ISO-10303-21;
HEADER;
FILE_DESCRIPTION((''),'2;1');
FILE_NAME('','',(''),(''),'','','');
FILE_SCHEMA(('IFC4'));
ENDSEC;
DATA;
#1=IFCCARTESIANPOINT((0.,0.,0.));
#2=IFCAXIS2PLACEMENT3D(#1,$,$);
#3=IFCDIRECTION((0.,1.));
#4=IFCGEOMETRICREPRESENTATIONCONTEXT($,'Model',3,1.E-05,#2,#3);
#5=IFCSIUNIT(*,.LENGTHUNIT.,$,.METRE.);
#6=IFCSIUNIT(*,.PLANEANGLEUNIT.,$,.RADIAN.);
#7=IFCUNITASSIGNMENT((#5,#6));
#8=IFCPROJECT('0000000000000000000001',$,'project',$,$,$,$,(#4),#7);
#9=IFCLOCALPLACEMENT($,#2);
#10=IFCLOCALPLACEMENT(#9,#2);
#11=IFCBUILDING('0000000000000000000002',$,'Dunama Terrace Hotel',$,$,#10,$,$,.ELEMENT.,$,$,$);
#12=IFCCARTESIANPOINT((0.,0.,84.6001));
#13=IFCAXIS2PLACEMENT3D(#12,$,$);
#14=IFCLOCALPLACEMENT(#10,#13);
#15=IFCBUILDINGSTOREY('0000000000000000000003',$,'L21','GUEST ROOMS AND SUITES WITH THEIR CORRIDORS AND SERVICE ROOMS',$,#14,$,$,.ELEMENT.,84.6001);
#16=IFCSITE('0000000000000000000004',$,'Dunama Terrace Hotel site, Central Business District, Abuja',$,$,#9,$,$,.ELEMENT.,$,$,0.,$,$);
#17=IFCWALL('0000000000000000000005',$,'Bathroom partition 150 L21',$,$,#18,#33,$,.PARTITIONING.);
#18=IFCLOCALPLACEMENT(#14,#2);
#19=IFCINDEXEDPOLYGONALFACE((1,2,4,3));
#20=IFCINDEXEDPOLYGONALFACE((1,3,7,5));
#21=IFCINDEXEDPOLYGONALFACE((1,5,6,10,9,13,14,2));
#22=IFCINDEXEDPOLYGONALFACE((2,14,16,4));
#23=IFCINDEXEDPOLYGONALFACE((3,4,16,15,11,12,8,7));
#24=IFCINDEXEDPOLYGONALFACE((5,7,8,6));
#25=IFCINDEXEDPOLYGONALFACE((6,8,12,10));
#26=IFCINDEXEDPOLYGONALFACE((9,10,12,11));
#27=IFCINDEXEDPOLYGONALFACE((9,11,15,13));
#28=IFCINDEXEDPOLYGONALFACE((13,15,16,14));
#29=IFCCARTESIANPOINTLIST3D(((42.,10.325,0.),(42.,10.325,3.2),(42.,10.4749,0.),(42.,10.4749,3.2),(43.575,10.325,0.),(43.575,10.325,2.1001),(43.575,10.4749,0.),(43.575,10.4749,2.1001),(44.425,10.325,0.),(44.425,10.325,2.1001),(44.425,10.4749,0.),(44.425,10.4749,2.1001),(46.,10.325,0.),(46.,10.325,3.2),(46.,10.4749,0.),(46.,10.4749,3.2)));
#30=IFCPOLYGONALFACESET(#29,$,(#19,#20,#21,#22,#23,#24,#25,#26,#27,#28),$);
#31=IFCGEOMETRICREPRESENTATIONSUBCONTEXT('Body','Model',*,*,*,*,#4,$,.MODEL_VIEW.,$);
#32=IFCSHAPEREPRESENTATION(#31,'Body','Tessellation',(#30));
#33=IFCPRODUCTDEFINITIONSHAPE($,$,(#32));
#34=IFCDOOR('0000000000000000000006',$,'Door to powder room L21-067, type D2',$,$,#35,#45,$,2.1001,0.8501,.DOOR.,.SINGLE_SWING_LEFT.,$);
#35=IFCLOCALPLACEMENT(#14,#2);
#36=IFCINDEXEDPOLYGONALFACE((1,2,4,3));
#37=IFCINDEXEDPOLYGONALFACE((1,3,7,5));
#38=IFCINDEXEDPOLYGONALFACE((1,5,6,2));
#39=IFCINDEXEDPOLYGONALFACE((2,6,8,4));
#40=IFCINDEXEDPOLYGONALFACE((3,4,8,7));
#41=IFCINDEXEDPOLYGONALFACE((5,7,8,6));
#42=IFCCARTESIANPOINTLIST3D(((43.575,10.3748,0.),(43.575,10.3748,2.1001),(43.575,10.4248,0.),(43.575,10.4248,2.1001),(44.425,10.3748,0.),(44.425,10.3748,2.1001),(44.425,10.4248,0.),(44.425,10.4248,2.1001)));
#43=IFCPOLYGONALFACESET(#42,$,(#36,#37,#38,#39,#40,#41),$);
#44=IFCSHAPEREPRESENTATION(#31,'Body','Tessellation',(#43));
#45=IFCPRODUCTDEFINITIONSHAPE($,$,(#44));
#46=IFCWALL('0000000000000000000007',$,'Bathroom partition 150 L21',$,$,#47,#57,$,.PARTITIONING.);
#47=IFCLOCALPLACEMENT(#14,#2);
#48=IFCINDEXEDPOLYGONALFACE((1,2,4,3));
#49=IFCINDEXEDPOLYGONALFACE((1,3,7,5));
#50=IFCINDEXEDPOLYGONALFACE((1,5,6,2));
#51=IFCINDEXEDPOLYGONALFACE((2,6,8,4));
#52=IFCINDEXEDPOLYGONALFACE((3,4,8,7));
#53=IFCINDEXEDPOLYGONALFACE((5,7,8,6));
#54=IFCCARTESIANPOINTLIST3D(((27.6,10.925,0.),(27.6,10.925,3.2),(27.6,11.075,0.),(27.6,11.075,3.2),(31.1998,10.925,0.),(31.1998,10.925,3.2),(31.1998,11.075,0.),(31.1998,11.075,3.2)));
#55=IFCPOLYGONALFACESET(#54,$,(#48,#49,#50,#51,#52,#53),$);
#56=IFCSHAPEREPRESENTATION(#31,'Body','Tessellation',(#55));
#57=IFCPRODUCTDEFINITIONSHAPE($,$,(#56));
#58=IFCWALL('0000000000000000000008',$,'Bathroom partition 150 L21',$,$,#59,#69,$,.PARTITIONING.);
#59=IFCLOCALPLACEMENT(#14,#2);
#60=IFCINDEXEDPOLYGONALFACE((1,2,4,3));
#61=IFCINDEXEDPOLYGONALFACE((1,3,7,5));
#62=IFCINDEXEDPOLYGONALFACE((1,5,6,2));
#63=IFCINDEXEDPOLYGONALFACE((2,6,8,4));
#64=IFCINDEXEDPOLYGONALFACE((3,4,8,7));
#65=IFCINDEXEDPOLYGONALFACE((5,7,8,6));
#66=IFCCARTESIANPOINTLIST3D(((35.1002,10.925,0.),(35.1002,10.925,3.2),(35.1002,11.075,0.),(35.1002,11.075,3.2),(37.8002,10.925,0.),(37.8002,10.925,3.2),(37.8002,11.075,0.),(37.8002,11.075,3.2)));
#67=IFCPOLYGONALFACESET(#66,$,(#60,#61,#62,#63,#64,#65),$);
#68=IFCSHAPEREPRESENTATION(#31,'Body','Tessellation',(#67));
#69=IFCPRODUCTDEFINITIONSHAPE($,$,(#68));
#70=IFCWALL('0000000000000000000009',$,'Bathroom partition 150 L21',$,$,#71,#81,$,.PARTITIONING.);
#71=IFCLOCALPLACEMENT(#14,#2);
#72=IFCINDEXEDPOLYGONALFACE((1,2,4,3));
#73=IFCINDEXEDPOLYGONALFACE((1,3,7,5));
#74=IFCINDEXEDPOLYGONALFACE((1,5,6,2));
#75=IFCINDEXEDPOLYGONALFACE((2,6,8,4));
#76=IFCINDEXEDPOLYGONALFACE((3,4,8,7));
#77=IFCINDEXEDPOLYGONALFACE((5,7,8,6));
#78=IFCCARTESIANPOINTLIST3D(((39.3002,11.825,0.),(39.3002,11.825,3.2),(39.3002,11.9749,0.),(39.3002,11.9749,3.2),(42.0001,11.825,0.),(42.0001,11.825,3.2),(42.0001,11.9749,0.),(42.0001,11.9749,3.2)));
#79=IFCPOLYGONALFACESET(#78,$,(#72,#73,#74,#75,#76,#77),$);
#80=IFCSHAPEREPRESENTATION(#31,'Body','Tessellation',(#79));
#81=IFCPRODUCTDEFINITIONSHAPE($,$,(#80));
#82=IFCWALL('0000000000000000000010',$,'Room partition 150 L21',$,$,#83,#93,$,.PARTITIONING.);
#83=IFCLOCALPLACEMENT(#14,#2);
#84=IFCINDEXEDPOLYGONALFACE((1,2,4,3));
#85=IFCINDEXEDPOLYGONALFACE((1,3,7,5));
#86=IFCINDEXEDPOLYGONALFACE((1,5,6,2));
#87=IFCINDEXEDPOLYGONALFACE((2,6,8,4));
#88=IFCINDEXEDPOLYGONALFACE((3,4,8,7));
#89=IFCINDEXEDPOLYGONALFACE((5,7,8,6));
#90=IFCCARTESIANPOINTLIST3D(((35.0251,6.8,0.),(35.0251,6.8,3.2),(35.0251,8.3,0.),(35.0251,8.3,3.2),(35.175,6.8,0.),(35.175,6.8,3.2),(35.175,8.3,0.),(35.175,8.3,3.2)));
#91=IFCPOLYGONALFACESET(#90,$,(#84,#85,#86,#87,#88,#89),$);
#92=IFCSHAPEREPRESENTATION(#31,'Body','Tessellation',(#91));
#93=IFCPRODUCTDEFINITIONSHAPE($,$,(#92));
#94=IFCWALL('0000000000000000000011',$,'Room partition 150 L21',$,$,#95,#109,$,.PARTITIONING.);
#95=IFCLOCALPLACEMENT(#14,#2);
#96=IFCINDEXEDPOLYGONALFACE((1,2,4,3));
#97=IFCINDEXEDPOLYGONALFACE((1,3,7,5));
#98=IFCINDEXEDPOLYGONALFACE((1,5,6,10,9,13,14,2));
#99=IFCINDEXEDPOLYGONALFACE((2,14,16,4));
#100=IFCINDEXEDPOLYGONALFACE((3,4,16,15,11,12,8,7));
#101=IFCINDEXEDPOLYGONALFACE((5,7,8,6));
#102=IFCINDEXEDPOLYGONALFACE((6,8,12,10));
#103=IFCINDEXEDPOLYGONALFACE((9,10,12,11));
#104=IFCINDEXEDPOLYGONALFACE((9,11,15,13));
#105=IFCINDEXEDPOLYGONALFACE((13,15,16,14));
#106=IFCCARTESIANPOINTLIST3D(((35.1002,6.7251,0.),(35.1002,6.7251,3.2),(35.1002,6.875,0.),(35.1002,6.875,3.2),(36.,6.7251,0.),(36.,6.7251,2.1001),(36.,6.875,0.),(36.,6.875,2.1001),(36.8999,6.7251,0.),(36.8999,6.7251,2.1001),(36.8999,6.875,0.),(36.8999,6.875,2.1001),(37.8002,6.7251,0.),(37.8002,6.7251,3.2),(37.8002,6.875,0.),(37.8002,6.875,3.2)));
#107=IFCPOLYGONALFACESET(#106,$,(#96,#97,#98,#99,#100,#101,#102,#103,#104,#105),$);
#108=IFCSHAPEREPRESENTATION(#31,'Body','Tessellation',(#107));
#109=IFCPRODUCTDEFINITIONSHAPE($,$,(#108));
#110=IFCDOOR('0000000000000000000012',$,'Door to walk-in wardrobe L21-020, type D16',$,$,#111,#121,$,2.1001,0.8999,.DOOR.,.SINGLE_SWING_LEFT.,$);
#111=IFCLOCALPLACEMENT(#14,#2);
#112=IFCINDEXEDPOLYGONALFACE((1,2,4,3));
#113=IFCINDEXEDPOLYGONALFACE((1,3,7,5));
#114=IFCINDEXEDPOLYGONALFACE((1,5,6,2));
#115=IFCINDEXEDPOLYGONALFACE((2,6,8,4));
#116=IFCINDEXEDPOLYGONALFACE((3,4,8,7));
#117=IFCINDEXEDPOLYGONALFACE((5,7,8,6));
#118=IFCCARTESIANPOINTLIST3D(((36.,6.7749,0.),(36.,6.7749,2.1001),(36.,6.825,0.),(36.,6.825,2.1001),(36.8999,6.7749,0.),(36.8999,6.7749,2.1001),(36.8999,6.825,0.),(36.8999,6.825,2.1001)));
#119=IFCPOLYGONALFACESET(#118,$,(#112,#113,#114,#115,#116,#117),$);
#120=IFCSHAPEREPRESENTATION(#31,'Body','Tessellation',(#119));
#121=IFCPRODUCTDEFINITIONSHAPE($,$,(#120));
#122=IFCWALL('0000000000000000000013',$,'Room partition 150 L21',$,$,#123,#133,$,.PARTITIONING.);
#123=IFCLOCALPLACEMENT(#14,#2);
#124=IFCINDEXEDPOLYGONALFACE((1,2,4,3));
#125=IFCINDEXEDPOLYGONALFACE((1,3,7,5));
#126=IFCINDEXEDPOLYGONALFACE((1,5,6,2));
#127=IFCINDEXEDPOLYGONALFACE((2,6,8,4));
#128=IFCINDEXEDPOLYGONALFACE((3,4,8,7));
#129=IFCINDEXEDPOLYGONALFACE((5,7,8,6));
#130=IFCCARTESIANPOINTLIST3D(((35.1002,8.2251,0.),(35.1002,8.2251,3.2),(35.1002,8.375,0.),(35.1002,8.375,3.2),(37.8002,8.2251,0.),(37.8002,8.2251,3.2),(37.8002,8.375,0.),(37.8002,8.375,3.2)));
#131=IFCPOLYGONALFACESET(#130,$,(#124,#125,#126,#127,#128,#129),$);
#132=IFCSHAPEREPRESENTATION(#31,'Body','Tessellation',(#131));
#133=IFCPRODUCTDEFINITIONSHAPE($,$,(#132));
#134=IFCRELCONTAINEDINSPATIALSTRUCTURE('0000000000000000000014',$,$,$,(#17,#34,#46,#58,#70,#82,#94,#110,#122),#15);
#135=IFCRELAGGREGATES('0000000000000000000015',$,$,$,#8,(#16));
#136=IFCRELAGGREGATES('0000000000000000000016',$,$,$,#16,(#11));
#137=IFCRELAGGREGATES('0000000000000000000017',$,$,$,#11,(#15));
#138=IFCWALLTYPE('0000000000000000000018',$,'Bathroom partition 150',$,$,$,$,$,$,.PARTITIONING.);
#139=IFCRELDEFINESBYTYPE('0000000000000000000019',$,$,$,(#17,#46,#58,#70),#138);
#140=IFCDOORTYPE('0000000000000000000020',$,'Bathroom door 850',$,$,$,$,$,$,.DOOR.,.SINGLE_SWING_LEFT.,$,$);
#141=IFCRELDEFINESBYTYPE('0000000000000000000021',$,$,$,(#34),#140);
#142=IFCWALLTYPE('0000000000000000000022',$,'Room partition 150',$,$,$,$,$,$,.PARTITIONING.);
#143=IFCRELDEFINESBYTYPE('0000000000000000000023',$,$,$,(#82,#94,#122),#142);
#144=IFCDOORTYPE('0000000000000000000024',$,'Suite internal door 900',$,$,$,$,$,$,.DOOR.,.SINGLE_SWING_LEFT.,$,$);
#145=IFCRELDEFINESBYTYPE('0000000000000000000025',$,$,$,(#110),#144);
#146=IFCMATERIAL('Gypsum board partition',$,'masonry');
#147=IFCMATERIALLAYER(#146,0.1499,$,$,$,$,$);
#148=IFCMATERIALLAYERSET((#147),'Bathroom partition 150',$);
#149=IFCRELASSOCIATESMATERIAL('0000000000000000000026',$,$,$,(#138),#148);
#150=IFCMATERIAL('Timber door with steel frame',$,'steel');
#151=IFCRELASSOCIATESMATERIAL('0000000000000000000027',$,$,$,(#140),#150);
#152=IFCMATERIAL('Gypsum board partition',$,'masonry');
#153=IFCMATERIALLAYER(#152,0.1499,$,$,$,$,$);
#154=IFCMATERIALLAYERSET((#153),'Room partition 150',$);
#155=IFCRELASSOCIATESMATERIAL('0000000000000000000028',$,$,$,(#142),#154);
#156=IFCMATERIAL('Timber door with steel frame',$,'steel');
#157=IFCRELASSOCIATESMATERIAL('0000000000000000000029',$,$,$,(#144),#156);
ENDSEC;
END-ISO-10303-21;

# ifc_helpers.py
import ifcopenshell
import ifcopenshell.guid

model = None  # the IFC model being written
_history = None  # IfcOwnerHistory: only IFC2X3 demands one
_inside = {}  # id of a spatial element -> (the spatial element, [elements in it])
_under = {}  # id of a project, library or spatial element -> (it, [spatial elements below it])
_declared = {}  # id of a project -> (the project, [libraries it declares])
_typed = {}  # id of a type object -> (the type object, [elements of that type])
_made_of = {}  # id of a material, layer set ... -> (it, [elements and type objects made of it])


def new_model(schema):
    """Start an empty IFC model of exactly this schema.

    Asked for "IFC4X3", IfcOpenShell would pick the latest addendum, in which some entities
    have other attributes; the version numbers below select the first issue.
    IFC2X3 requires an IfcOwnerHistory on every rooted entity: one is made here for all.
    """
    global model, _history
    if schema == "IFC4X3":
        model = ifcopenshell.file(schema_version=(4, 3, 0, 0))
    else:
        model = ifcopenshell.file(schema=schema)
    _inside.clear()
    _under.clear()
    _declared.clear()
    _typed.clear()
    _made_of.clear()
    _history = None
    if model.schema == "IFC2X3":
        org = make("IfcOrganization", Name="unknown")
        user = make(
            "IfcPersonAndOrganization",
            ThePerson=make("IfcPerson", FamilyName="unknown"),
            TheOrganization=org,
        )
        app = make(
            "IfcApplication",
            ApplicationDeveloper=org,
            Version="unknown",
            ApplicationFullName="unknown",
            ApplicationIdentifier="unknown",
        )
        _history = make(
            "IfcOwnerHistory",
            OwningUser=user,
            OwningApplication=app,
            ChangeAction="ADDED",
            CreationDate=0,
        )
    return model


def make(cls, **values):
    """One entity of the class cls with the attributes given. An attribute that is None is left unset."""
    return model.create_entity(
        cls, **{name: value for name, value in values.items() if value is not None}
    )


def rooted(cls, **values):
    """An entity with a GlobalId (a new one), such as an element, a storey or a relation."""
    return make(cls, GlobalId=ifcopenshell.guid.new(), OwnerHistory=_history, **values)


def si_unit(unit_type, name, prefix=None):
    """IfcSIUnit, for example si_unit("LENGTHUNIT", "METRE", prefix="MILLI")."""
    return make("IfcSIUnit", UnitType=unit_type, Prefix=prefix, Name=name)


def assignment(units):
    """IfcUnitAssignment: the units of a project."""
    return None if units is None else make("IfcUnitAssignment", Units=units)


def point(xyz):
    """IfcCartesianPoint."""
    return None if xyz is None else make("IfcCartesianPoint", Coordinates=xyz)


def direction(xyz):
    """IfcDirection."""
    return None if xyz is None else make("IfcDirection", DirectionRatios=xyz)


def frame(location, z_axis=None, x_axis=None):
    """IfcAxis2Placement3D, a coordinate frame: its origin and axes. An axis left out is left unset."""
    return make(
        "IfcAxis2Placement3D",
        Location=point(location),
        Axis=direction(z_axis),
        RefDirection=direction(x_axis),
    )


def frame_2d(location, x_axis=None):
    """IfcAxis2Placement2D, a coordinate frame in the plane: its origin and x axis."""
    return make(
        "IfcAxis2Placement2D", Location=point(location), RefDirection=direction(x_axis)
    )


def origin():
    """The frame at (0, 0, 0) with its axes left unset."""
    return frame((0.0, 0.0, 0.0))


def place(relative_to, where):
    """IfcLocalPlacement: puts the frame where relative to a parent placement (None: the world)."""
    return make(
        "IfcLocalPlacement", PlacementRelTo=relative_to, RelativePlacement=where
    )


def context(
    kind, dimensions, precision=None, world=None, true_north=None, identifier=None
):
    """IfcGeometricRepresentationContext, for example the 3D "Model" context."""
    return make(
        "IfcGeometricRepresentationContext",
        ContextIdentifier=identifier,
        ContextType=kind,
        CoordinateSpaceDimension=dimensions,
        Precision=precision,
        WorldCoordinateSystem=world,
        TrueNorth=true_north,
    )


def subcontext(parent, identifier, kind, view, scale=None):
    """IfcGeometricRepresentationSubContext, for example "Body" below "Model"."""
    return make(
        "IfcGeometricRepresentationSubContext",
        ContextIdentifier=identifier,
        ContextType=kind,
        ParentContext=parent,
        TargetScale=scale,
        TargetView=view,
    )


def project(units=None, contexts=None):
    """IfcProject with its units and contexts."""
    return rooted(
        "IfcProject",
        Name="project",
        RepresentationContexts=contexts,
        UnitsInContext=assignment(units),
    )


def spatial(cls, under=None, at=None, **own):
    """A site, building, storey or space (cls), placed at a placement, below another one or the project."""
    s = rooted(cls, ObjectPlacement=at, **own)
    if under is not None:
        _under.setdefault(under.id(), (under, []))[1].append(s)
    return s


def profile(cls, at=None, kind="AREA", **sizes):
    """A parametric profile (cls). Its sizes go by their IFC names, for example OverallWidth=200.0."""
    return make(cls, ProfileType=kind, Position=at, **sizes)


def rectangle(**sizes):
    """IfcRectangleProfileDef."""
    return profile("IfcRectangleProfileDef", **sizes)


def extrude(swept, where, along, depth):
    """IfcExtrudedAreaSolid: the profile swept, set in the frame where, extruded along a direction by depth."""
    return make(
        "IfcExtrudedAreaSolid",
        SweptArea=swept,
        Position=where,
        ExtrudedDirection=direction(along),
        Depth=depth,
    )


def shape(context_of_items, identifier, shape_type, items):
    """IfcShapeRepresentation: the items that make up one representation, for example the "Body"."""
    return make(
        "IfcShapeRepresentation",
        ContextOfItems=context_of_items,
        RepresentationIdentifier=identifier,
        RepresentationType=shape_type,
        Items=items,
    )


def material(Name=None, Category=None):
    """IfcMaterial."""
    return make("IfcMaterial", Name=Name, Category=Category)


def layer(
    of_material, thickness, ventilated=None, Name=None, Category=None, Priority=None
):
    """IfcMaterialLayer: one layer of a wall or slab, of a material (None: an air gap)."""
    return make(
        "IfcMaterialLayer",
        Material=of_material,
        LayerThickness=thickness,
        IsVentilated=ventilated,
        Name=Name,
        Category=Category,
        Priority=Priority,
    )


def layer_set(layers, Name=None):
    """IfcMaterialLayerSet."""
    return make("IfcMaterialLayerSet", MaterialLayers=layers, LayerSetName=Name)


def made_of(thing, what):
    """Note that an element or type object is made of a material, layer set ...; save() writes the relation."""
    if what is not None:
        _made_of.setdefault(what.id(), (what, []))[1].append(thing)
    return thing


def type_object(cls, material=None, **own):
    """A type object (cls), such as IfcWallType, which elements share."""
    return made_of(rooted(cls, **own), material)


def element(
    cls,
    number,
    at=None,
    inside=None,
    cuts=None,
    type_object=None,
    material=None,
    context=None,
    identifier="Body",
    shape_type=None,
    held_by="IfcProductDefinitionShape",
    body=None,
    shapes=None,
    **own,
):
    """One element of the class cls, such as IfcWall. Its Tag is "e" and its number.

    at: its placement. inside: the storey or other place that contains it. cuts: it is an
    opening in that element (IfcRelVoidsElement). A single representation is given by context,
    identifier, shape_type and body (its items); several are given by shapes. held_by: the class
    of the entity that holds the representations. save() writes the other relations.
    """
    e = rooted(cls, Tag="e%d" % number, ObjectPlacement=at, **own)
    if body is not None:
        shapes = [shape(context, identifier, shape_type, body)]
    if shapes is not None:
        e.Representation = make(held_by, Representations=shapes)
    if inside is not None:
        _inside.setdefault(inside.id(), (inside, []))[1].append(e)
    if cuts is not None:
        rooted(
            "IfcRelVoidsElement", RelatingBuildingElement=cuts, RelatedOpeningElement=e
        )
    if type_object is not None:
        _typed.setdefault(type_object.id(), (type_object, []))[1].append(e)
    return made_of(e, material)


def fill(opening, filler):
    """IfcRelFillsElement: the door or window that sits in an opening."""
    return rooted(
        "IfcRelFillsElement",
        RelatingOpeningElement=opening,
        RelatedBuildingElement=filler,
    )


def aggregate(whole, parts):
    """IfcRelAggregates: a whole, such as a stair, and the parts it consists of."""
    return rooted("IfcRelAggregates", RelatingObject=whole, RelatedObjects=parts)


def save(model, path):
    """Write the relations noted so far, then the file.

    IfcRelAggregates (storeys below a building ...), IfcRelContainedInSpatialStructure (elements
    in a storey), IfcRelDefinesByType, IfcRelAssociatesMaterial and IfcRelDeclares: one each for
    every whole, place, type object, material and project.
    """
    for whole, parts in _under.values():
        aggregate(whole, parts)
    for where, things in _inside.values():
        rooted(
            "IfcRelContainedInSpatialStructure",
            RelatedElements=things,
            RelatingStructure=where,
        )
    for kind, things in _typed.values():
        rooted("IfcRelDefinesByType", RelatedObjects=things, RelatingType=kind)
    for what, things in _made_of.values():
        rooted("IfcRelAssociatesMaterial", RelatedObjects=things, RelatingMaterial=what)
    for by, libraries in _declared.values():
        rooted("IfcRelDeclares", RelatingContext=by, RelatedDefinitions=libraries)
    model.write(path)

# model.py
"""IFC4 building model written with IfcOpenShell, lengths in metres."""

from ifc_helpers import new_model, si_unit, direction, frame, frame_2d, origin, place, context, subcontext, project, spatial, rectangle, extrude, material, layer, layer_set, type_object, element, fill, save


model = new_model("IFC4")

# Units and contexts
model_context = context("Model", 3, precision=1e-05, world=origin(), true_north=direction((0.0, 1.0)))
body_context = subcontext(model_context, "Body", "Model", "MODEL_VIEW")
ifc_project = project(units=[si_unit("LENGTHUNIT", "METRE"), si_unit("PLANEANGLEUNIT", "RADIAN")], contexts=[model_context])

# Site, building, storey
site_placement = place(None, origin())
site = spatial("IfcSite", under=ifc_project, at=site_placement, Name="Dunama Terrace Hotel site, Central Business District, Abuja", CompositionType="ELEMENT", RefElevation=0.0)
building_placement = place(site_placement, origin())
building = spatial("IfcBuilding", under=site, at=building_placement, Name="Dunama Terrace Hotel", CompositionType="ELEMENT")
storey_placement = place(building_placement, frame((0.0, 0.0, 84.6001)))
storey = spatial("IfcBuildingStorey", under=building, at=storey_placement, Name="L21", Description="GUEST ROOMS AND SUITES WITH THEIR CORRIDORS AND SERVICE ROOMS", CompositionType="ELEMENT", Elevation=84.6001)

# Shared definitions
ifc_material_1 = material(Name="Gypsum board partition", Category="masonry")
ifc_layer_1 = layer(ifc_material_1, 0.1499)
ifc_layer_set_1 = layer_set([ifc_layer_1], Name="Bathroom partition 150")
wall_type_1 = type_object("IfcWallType", Name="Bathroom partition 150", PredefinedType="PARTITIONING", material=ifc_layer_set_1)
ifc_material_2 = material(Name="Timber door with steel frame", Category="steel")
door_type_1 = type_object("IfcDoorType", Name="Bathroom door 850", OperationType="SINGLE_SWING_LEFT", PredefinedType="DOOR", material=ifc_material_2)

# Wall, opening, door
wall_1_placement = place(storey_placement, frame((42.0, 10.3999, 0.0), z_axis=(0.0, 0.0, 1.0), x_axis=(1.0, 0.0, 0.0)))
wall_1 = element("IfcWall", 1, at=wall_1_placement, inside=storey, type_object=wall_type_1, Name="Bathroom partition 150 L21", PredefinedType="PARTITIONING", context=body_context, shape_type="SweptSolid", body=[
    extrude(rectangle(XDim=4.0, YDim=0.1499, at=frame_2d((2.0, 0.0))), origin(), (0.0, 0.0, 1.0), 3.2),
])
opening_1_placement = place(wall_1_placement, frame((1.575, 0.0, 0.0)))
opening_1 = element("IfcOpeningElement", 2, at=opening_1_placement, cuts=wall_1, PredefinedType="OPENING", context=body_context, shape_type="SweptSolid", body=[
    extrude(rectangle(XDim=0.8501, YDim=2.1001, at=frame_2d((0.425, 1.05))), frame((0.0, 0.085, 0.0), z_axis=(0.0, -1.0, 0.0), x_axis=(1.0, 0.0, 0.0)), (0.0, 0.0, 1.0), 0.1699),
])
door_1_placement = place(opening_1_placement, origin())
door_1 = element("IfcDoor", 3, at=door_1_placement, inside=storey, type_object=door_type_1, Name="Door to powder room L21-067, type D2", OperationType="SINGLE_SWING_LEFT", OverallHeight=2.1001, OverallWidth=0.8501, PredefinedType="DOOR", context=body_context, shape_type="SweptSolid", body=[
    extrude(rectangle(XDim=0.8501, YDim=2.1001, at=frame_2d((0.425, 1.05))), frame((0.0, 0.0249, 0.0), z_axis=(0.0, -1.0, 0.0), x_axis=(1.0, 0.0, 0.0)), (0.0, 0.0, 1.0), 0.05),
])
fill(opening_1, door_1)

# Walls
wall_2_placement = place(storey_placement, frame((27.6001, 11.0, 0.0), z_axis=(0.0, 0.0, 1.0), x_axis=(1.0, 0.0, 0.0)))
element("IfcWall", 4, at=wall_2_placement, inside=storey, type_object=wall_type_1, Name="Bathroom partition 150 L21", PredefinedType="PARTITIONING", context=body_context, shape_type="SweptSolid", body=[
    extrude(rectangle(XDim=3.5999, YDim=0.1499, at=frame_2d((1.7998, 0.0))), origin(), (0.0, 0.0, 1.0), 3.2),
])
for number, where, z_axis, x_axis, name in (
    (5, (35.1001, 11.0, 0.0), (0.0, 0.0, 1.0), (1.0, 0.0, 0.0), "Bathroom partition 150 L21"),
    (6, (39.3, 11.8999, 0.0), (0.0, 0.0, 1.0), (1.0, 0.0, 0.0), "Bathroom partition 150 L21"),
):
    element("IfcWall", number, at=place(storey_placement, frame(where, z_axis=z_axis, x_axis=x_axis)), inside=storey, type_object=wall_type_1, Name=name, PredefinedType="PARTITIONING", context=body_context, shape_type="SweptSolid", body=[
        extrude(rectangle(XDim=2.7, YDim=0.1499, at=frame_2d((1.3501, 0.0))), origin(), (0.0, 0.0, 1.0), 3.2),
    ])
ifc_material_3 = material(Name="Gypsum board partition", Category="masonry")
ifc_layer_2 = layer(ifc_material_3, 0.1499)
ifc_layer_set_2 = layer_set([ifc_layer_2], Name="Room partition 150")
wall_type_2 = type_object("IfcWallType", Name="Room partition 150", PredefinedType="PARTITIONING", material=ifc_layer_set_2)
wall_3_placement = place(storey_placement, frame((35.1001, 6.8, 0.0), z_axis=(0.0, 0.0, 1.0), x_axis=(0.0, 1.0, 0.0)))
element("IfcWall", 7, at=wall_3_placement, inside=storey, type_object=wall_type_2, Name="Room partition 150 L21", PredefinedType="PARTITIONING", context=body_context, shape_type="SweptSolid", body=[
    extrude(rectangle(XDim=1.5, YDim=0.1499, at=frame_2d((0.75, 0.0))), origin(), (0.0, 0.0, 1.0), 3.2),
])

# Wall, opening, door
wall_4_placement = place(storey_placement, frame((35.1001, 6.8, 0.0), z_axis=(0.0, 0.0, 1.0), x_axis=(1.0, 0.0, 0.0)))
wall_4 = element("IfcWall", 8, at=wall_4_placement, inside=storey, type_object=wall_type_2, Name="Room partition 150 L21", PredefinedType="PARTITIONING", context=body_context, shape_type="SweptSolid", body=[
    extrude(rectangle(XDim=2.7, YDim=0.1499, at=frame_2d((1.3501, 0.0))), origin(), (0.0, 0.0, 1.0), 3.2),
])
opening_2_placement = place(wall_4_placement, frame((0.8999, 0.0, 0.0)))
opening_2 = element("IfcOpeningElement", 9, at=opening_2_placement, cuts=wall_4, PredefinedType="OPENING", context=body_context, shape_type="SweptSolid", body=[
    extrude(rectangle(XDim=0.8999, YDim=2.1001, at=frame_2d((0.45, 1.05))), frame((0.0, 0.085, 0.0), z_axis=(0.0, -1.0, 0.0), x_axis=(1.0, 0.0, 0.0)), (0.0, 0.0, 1.0), 0.1699),
])
ifc_material_4 = material(Name="Timber door with steel frame", Category="steel")
door_type_2 = type_object("IfcDoorType", Name="Suite internal door 900", OperationType="SINGLE_SWING_LEFT", PredefinedType="DOOR", material=ifc_material_4)
door_2_placement = place(opening_2_placement, origin())
door_2 = element("IfcDoor", 10, at=door_2_placement, inside=storey, type_object=door_type_2, Name="Door to walk-in wardrobe L21-020, type D16", OperationType="SINGLE_SWING_LEFT", OverallHeight=2.1001, OverallWidth=0.8999, PredefinedType="DOOR", context=body_context, shape_type="SweptSolid", body=[
    extrude(rectangle(XDim=0.8999, YDim=2.1001, at=frame_2d((0.45, 1.05))), frame((0.0, 0.0249, 0.0), z_axis=(0.0, -1.0, 0.0), x_axis=(1.0, 0.0, 0.0)), (0.0, 0.0, 1.0), 0.05),
])
fill(opening_2, door_2)

# Wall
wall_5_placement = place(storey_placement, frame((35.1001, 8.3, 0.0), z_axis=(0.0, 0.0, 1.0), x_axis=(1.0, 0.0, 0.0)))
element("IfcWall", 11, at=wall_5_placement, inside=storey, type_object=wall_type_2, Name="Room partition 150 L21", PredefinedType="PARTITIONING", context=body_context, shape_type="SweptSolid", body=[
    extrude(rectangle(XDim=2.7, YDim=0.1499, at=frame_2d((1.3501, 0.0))), origin(), (0.0, 0.0, 1.0), 3.2),
])

save(model, "model.ifc")
